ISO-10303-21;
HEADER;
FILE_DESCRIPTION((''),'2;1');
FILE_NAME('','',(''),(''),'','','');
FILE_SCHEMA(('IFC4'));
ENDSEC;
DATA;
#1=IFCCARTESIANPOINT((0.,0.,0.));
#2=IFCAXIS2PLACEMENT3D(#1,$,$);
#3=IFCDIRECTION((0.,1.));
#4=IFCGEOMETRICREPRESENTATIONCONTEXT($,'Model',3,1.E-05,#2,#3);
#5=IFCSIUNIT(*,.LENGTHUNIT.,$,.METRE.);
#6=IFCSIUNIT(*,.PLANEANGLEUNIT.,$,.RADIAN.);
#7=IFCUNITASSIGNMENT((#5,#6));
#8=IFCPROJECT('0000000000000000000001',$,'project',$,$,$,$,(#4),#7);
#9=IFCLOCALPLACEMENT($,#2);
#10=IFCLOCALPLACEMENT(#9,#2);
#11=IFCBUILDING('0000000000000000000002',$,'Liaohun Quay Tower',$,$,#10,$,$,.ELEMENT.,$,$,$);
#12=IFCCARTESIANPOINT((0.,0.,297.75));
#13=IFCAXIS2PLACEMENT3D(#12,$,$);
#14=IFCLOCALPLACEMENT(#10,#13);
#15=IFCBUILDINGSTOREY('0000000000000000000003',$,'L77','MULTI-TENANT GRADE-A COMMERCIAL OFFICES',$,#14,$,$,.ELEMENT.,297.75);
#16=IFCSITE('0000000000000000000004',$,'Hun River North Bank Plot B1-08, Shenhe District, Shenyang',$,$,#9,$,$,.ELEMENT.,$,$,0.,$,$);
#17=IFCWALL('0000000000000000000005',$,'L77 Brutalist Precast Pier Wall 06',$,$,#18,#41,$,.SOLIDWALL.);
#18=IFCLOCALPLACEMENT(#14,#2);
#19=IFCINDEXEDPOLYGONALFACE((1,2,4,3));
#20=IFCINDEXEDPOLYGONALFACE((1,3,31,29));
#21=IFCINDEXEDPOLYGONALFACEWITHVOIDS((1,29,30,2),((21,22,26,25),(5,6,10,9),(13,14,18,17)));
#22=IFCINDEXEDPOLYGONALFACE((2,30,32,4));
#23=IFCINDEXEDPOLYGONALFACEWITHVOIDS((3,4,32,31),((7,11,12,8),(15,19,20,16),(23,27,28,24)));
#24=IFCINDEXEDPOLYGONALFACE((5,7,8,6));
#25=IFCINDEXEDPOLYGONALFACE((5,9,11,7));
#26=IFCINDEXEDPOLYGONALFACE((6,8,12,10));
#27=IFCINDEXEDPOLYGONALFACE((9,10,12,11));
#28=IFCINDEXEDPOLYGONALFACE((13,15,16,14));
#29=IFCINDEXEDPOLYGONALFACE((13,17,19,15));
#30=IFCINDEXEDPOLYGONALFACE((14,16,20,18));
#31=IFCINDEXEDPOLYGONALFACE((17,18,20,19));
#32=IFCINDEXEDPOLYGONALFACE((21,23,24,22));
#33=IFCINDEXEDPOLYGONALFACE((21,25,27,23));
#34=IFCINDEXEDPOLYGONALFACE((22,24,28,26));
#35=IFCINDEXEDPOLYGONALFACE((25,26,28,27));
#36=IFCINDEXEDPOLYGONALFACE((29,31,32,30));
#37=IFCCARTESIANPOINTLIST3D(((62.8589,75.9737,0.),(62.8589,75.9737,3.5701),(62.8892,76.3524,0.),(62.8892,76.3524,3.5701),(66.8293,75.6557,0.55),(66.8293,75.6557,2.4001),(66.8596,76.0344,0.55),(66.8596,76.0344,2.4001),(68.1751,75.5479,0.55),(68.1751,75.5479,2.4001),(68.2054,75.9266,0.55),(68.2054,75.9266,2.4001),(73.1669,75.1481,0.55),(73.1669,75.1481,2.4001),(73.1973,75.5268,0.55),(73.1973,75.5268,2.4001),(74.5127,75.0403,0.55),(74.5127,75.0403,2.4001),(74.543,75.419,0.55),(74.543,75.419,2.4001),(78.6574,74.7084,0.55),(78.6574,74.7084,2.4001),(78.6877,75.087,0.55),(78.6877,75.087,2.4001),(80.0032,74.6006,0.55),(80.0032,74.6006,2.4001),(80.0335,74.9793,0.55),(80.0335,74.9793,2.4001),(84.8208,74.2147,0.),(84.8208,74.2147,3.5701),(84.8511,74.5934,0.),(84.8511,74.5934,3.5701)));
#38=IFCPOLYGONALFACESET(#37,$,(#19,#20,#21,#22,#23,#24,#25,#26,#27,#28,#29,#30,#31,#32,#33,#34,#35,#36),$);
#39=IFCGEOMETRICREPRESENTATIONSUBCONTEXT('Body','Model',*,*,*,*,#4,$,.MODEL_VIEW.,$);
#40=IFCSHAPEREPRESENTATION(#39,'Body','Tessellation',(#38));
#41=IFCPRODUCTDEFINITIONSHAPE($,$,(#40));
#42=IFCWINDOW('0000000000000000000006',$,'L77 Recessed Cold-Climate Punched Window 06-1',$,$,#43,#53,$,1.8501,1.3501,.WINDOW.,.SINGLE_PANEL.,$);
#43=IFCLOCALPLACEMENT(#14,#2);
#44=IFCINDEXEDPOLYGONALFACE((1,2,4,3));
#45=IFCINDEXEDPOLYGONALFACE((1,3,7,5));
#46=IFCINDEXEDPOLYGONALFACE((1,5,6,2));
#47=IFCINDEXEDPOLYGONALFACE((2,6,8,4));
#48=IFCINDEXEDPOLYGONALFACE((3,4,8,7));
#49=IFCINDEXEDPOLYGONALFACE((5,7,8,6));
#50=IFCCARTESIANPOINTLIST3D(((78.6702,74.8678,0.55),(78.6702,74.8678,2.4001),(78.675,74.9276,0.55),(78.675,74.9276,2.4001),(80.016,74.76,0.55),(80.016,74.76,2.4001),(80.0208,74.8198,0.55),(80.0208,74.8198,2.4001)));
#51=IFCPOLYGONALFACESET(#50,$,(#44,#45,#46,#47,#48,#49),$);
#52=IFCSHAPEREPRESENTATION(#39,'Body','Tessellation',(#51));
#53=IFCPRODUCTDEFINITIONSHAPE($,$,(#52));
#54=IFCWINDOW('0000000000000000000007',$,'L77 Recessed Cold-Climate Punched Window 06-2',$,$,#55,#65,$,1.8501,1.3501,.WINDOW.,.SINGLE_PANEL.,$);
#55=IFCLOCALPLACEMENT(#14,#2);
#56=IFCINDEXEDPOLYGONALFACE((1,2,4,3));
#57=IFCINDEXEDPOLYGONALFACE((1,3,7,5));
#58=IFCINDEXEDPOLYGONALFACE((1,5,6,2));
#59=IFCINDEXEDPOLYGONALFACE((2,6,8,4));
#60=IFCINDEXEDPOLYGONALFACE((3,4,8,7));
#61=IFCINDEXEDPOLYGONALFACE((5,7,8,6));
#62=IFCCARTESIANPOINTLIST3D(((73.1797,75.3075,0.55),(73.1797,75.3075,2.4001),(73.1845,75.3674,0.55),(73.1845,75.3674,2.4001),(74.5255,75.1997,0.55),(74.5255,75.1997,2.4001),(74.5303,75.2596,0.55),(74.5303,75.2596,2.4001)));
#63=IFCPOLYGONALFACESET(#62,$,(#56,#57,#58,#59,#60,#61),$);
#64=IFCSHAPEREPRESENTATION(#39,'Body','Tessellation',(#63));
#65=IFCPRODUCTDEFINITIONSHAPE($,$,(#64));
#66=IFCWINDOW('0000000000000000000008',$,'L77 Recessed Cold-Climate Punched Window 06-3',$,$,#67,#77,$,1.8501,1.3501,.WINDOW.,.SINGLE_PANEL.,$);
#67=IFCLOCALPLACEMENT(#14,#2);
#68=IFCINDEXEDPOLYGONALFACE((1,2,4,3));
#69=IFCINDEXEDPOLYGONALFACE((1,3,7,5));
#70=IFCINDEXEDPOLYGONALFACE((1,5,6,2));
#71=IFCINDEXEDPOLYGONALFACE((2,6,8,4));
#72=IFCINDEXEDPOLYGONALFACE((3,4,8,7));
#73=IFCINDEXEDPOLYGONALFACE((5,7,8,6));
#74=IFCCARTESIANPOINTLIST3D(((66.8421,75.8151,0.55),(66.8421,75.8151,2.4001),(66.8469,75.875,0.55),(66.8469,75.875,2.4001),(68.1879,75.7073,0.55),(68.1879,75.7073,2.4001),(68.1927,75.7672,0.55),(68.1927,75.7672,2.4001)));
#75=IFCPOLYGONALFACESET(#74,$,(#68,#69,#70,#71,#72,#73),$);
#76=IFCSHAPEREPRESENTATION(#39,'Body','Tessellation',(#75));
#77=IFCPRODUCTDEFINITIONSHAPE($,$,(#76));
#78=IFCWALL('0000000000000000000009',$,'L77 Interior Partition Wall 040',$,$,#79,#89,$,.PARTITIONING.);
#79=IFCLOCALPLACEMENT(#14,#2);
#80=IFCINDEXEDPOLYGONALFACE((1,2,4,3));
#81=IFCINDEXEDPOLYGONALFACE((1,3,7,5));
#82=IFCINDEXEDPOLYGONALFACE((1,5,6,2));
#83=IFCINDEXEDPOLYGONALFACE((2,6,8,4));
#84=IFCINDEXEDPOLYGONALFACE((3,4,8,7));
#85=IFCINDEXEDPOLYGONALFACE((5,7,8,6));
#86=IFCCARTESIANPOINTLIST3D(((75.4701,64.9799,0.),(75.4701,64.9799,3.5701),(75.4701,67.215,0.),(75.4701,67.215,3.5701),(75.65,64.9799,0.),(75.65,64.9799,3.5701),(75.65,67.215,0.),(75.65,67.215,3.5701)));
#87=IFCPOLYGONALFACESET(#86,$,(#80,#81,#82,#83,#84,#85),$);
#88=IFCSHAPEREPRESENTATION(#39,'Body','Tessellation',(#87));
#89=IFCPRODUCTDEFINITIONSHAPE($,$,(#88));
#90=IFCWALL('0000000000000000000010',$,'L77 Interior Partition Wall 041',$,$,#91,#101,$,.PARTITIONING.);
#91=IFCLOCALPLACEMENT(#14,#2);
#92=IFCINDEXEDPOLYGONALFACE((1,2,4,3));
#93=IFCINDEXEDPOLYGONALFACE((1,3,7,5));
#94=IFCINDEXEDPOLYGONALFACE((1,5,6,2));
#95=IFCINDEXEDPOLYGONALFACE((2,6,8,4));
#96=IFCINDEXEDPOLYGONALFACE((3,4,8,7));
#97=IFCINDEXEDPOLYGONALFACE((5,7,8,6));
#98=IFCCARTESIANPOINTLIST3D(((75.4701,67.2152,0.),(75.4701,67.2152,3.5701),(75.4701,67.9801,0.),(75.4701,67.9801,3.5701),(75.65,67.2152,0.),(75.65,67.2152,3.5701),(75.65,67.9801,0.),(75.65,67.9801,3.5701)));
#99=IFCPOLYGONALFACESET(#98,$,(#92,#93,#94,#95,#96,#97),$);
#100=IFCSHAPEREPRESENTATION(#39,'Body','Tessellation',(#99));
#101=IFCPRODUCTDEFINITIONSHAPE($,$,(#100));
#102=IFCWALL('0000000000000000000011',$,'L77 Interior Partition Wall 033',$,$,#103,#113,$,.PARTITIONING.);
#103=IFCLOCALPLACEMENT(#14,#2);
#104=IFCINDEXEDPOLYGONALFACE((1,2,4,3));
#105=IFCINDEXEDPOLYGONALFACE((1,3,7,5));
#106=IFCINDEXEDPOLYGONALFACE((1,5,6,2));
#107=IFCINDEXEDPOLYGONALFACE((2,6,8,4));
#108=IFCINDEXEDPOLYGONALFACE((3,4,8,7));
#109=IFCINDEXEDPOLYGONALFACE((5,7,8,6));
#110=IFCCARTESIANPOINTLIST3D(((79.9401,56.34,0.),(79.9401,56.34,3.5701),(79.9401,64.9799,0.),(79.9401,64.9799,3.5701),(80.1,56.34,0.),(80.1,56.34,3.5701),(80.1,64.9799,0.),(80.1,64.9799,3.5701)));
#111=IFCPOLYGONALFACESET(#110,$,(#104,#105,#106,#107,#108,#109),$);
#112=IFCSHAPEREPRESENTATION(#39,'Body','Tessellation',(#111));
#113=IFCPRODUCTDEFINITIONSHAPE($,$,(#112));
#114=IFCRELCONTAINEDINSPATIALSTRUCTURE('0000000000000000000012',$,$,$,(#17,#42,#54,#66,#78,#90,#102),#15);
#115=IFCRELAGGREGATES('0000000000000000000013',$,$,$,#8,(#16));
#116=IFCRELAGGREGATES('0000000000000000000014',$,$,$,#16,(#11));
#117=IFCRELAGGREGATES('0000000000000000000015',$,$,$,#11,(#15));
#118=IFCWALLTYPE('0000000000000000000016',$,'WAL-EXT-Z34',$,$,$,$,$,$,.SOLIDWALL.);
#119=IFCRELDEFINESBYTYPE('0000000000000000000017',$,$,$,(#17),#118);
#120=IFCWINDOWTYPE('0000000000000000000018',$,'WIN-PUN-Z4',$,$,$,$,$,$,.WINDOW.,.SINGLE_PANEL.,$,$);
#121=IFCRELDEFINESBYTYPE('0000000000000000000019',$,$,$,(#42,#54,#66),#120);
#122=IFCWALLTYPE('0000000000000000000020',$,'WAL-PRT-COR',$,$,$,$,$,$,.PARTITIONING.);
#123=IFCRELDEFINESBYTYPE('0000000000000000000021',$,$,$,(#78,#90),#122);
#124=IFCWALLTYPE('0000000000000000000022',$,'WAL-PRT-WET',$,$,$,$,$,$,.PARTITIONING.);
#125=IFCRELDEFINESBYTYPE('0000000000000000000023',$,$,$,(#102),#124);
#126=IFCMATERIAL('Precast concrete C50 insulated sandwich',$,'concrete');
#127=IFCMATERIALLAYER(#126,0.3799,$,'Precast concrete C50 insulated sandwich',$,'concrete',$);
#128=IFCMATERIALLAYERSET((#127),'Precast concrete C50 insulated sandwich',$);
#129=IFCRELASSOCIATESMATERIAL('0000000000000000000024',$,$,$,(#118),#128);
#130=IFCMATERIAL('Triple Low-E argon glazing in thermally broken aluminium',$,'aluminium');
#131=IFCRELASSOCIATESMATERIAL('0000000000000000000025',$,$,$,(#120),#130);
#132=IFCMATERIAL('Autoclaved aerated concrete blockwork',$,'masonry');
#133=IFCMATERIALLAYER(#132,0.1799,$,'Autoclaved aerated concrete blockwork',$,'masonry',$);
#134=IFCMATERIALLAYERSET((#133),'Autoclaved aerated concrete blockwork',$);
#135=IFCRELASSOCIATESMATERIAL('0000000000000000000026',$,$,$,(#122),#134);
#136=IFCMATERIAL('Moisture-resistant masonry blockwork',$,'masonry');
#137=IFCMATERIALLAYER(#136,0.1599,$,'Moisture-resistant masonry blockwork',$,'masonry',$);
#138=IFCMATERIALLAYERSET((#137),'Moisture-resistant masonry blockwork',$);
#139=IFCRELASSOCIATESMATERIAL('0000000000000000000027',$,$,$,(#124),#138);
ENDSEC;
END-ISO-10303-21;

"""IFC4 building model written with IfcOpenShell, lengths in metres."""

from ifc_helpers import new_model, si_unit, direction, frame, frame_2d, origin, place, context, subcontext, project, spatial, rectangle, extrude, source, transform, mapped, material, layer, layer_set, type_object, element, fill, save


model = new_model("IFC4")

# Units and contexts
model_context = context("Model", 3, precision=1e-05, world=origin(), true_north=direction((0.0, 1.0)))
body_context = subcontext(model_context, "Body", "Model", "MODEL_VIEW")
ifc_project = project(units=[si_unit("LENGTHUNIT", "METRE"), si_unit("PLANEANGLEUNIT", "RADIAN")], contexts=[model_context])

# Site, building, storey
site_placement = place(None, origin())
site = spatial("IfcSite", under=ifc_project, at=site_placement, Name="Hun River North Bank Plot B1-08, Shenhe District, Shenyang", CompositionType="ELEMENT", RefElevation=0.0)
building_placement = place(site_placement, origin())
building = spatial("IfcBuilding", under=site, at=building_placement, Name="Liaohun Quay Tower", CompositionType="ELEMENT")
storey_placement = place(building_placement, frame((0.0, 0.0, 297.75)))
storey = spatial("IfcBuildingStorey", under=building, at=storey_placement, Name="L77", Description="MULTI-TENANT GRADE-A COMMERCIAL OFFICES", CompositionType="ELEMENT", Elevation=297.75)

# Shared definitions
ifc_material_1 = material(Name="Precast concrete C50 insulated sandwich", Category="concrete")
ifc_layer_1 = layer(ifc_material_1, 0.3799, Name="Precast concrete C50 insulated sandwich", Category="concrete")
ifc_layer_set_1 = layer_set([ifc_layer_1], Name="Precast concrete C50 insulated sandwich")
wall_type_1 = type_object("IfcWallType", Name="WAL-EXT-Z34", PredefinedType="SOLIDWALL", material=ifc_layer_set_1)

# Wall, openings, windows
wall_1_placement = place(storey_placement, frame((84.8359, 74.4041, 0.0), z_axis=(0.0, 0.0, 1.0), x_axis=(-0.996808, 0.079839, 0.0)))
wall_1 = element("IfcWall", 1, at=wall_1_placement, inside=storey, type_object=wall_type_1, Name="L77 Brutalist Precast Pier Wall 06", PredefinedType="SOLIDWALL", context=body_context, shape_type="SweptSolid", body=[
    extrude(rectangle(XDim=22.0322, YDim=0.3799, at=frame_2d((11.0161, 0.0))), origin(), (0.0, 0.0, 1.0), 3.5701),
])
shared_shape_1 = source(origin(), body_context, "Body", "SweptSolid", [
    extrude(rectangle(XDim=1.3501, YDim=1.8501, at=frame_2d((0.675, 0.925))), frame((0.0, 0.2, 0.0), z_axis=(0.0, -1.0, 0.0), x_axis=(1.0, 0.0, 0.0)), (0.0, 0.0, 1.0), 0.3999),
])
opening_1_placement = place(wall_1_placement, frame((4.833, 0.0, 0.55)))
opening_1 = element("IfcOpeningElement", 2, at=opening_1_placement, cuts=wall_1, PredefinedType="OPENING", context=body_context, shape_type="MappedRepresentation", body=[
    mapped(shared_shape_1, transform((0.0, 0.0, 0.0), x_axis=(1.0, 0.0, 0.0), y_axis=(0.0, 1.0, 0.0), z_axis=(0.0, 0.0, 1.0), scale=1.0)),
])
opening_2_placement = place(wall_1_placement, frame((10.3411, 0.0, 0.55)))
opening_2 = element("IfcOpeningElement", 3, at=opening_2_placement, cuts=wall_1, PredefinedType="OPENING", context=body_context, shape_type="MappedRepresentation", body=[
    mapped(shared_shape_1, transform((0.0, 0.0, 0.0), x_axis=(1.0, 0.0, 0.0), y_axis=(0.0, 1.0, 0.0), z_axis=(0.0, 0.0, 1.0), scale=1.0)),
])
opening_3_placement = place(wall_1_placement, frame((16.699, 0.0, 0.55)))
opening_3 = element("IfcOpeningElement", 4, at=opening_3_placement, cuts=wall_1, PredefinedType="OPENING", context=body_context, shape_type="MappedRepresentation", body=[
    mapped(shared_shape_1, transform((0.0, 0.0, 0.0), x_axis=(1.0, 0.0, 0.0), y_axis=(0.0, 1.0, 0.0), z_axis=(0.0, 0.0, 1.0), scale=1.0)),
])
ifc_material_2 = material(Name="Triple Low-E argon glazing in thermally broken aluminium", Category="aluminium")
window_type_1 = type_object("IfcWindowType", Name="WIN-PUN-Z4", PartitioningType="SINGLE_PANEL", PredefinedType="WINDOW", material=ifc_material_2)
shared_shape_2 = source(origin(), body_context, "Body", "SweptSolid", [
    extrude(rectangle(XDim=1.3501, YDim=1.8501, at=frame_2d((0.675, 0.925))), frame((0.0, 0.03, 0.0), z_axis=(0.0, -1.0, 0.0), x_axis=(1.0, 0.0, 0.0)), (0.0, 0.0, 1.0), 0.0601),
])
window_1_placement = place(opening_1_placement, origin())
window_1 = element("IfcWindow", 5, at=window_1_placement, inside=storey, type_object=window_type_1, Name="L77 Recessed Cold-Climate Punched Window 06-1", OverallHeight=1.8501, OverallWidth=1.3501, PartitioningType="SINGLE_PANEL", PredefinedType="WINDOW", context=body_context, shape_type="MappedRepresentation", body=[
    mapped(shared_shape_2, transform((0.0, 0.0, 0.0), x_axis=(1.0, 0.0, 0.0), y_axis=(0.0, 1.0, 0.0), z_axis=(0.0, 0.0, 1.0), scale=1.0)),
])
fill(opening_1, window_1)
window_2_placement = place(opening_2_placement, origin())
window_2 = element("IfcWindow", 6, at=window_2_placement, inside=storey, type_object=window_type_1, Name="L77 Recessed Cold-Climate Punched Window 06-2", OverallHeight=1.8501, OverallWidth=1.3501, PartitioningType="SINGLE_PANEL", PredefinedType="WINDOW", context=body_context, shape_type="MappedRepresentation", body=[
    mapped(shared_shape_2, transform((0.0, 0.0, 0.0), x_axis=(1.0, 0.0, 0.0), y_axis=(0.0, 1.0, 0.0), z_axis=(0.0, 0.0, 1.0), scale=1.0)),
])
fill(opening_2, window_2)
window_3_placement = place(opening_3_placement, origin())
window_3 = element("IfcWindow", 7, at=window_3_placement, inside=storey, type_object=window_type_1, Name="L77 Recessed Cold-Climate Punched Window 06-3", OverallHeight=1.8501, OverallWidth=1.3501, PartitioningType="SINGLE_PANEL", PredefinedType="WINDOW", context=body_context, shape_type="MappedRepresentation", body=[
    mapped(shared_shape_2, transform((0.0, 0.0, 0.0), x_axis=(1.0, 0.0, 0.0), y_axis=(0.0, 1.0, 0.0), z_axis=(0.0, 0.0, 1.0), scale=1.0)),
])
fill(opening_3, window_3)

# Walls
ifc_material_3 = material(Name="Autoclaved aerated concrete blockwork", Category="masonry")
ifc_layer_2 = layer(ifc_material_3, 0.1799, Name="Autoclaved aerated concrete blockwork", Category="masonry")
ifc_layer_set_2 = layer_set([ifc_layer_2], Name="Autoclaved aerated concrete blockwork")
wall_type_2 = type_object("IfcWallType", Name="WAL-PRT-COR", PredefinedType="PARTITIONING", material=ifc_layer_set_2)
wall_2_placement = place(storey_placement, frame((75.5601, 67.2151, 0.0), z_axis=(0.0, 0.0, 1.0), x_axis=(0.0, -1.0, 0.0)))
element("IfcWall", 8, at=wall_2_placement, inside=storey, type_object=wall_type_2, Name="L77 Interior Partition Wall 040", PredefinedType="PARTITIONING", context=body_context, shape_type="SweptSolid", body=[
    extrude(rectangle(XDim=2.2351, YDim=0.1799, at=frame_2d((1.1177, 0.0))), origin(), (0.0, 0.0, 1.0), 3.5701),
])
wall_3_placement = place(storey_placement, frame((75.5601, 67.98, 0.0), z_axis=(0.0, 0.0, 1.0), x_axis=(0.0, -1.0, 0.0)))
element("IfcWall", 9, at=wall_3_placement, inside=storey, type_object=wall_type_2, Name="L77 Interior Partition Wall 041", PredefinedType="PARTITIONING", context=body_context, shape_type="SweptSolid", body=[
    extrude(rectangle(XDim=0.7649, YDim=0.1799, at=frame_2d((0.3823, 0.0))), origin(), (0.0, 0.0, 1.0), 3.5701),
])
ifc_material_4 = material(Name="Moisture-resistant masonry blockwork", Category="masonry")
ifc_layer_3 = layer(ifc_material_4, 0.1599, Name="Moisture-resistant masonry blockwork", Category="masonry")
ifc_layer_set_3 = layer_set([ifc_layer_3], Name="Moisture-resistant masonry blockwork")
wall_type_3 = type_object("IfcWallType", Name="WAL-PRT-WET", PredefinedType="PARTITIONING", material=ifc_layer_set_3)
wall_4_placement = place(storey_placement, frame((80.02, 56.3401, 0.0), z_axis=(0.0, 0.0, 1.0), x_axis=(0.0, 1.0, 0.0)))
element("IfcWall", 10, at=wall_4_placement, inside=storey, type_object=wall_type_3, Name="L77 Interior Partition Wall 033", PredefinedType="PARTITIONING", context=body_context, shape_type="SweptSolid", body=[
    extrude(rectangle(XDim=8.6399, YDim=0.1599, at=frame_2d((4.3198, 0.0))), origin(), (0.0, 0.0, 1.0), 3.5701),
])

save(model, "model.ifc")
